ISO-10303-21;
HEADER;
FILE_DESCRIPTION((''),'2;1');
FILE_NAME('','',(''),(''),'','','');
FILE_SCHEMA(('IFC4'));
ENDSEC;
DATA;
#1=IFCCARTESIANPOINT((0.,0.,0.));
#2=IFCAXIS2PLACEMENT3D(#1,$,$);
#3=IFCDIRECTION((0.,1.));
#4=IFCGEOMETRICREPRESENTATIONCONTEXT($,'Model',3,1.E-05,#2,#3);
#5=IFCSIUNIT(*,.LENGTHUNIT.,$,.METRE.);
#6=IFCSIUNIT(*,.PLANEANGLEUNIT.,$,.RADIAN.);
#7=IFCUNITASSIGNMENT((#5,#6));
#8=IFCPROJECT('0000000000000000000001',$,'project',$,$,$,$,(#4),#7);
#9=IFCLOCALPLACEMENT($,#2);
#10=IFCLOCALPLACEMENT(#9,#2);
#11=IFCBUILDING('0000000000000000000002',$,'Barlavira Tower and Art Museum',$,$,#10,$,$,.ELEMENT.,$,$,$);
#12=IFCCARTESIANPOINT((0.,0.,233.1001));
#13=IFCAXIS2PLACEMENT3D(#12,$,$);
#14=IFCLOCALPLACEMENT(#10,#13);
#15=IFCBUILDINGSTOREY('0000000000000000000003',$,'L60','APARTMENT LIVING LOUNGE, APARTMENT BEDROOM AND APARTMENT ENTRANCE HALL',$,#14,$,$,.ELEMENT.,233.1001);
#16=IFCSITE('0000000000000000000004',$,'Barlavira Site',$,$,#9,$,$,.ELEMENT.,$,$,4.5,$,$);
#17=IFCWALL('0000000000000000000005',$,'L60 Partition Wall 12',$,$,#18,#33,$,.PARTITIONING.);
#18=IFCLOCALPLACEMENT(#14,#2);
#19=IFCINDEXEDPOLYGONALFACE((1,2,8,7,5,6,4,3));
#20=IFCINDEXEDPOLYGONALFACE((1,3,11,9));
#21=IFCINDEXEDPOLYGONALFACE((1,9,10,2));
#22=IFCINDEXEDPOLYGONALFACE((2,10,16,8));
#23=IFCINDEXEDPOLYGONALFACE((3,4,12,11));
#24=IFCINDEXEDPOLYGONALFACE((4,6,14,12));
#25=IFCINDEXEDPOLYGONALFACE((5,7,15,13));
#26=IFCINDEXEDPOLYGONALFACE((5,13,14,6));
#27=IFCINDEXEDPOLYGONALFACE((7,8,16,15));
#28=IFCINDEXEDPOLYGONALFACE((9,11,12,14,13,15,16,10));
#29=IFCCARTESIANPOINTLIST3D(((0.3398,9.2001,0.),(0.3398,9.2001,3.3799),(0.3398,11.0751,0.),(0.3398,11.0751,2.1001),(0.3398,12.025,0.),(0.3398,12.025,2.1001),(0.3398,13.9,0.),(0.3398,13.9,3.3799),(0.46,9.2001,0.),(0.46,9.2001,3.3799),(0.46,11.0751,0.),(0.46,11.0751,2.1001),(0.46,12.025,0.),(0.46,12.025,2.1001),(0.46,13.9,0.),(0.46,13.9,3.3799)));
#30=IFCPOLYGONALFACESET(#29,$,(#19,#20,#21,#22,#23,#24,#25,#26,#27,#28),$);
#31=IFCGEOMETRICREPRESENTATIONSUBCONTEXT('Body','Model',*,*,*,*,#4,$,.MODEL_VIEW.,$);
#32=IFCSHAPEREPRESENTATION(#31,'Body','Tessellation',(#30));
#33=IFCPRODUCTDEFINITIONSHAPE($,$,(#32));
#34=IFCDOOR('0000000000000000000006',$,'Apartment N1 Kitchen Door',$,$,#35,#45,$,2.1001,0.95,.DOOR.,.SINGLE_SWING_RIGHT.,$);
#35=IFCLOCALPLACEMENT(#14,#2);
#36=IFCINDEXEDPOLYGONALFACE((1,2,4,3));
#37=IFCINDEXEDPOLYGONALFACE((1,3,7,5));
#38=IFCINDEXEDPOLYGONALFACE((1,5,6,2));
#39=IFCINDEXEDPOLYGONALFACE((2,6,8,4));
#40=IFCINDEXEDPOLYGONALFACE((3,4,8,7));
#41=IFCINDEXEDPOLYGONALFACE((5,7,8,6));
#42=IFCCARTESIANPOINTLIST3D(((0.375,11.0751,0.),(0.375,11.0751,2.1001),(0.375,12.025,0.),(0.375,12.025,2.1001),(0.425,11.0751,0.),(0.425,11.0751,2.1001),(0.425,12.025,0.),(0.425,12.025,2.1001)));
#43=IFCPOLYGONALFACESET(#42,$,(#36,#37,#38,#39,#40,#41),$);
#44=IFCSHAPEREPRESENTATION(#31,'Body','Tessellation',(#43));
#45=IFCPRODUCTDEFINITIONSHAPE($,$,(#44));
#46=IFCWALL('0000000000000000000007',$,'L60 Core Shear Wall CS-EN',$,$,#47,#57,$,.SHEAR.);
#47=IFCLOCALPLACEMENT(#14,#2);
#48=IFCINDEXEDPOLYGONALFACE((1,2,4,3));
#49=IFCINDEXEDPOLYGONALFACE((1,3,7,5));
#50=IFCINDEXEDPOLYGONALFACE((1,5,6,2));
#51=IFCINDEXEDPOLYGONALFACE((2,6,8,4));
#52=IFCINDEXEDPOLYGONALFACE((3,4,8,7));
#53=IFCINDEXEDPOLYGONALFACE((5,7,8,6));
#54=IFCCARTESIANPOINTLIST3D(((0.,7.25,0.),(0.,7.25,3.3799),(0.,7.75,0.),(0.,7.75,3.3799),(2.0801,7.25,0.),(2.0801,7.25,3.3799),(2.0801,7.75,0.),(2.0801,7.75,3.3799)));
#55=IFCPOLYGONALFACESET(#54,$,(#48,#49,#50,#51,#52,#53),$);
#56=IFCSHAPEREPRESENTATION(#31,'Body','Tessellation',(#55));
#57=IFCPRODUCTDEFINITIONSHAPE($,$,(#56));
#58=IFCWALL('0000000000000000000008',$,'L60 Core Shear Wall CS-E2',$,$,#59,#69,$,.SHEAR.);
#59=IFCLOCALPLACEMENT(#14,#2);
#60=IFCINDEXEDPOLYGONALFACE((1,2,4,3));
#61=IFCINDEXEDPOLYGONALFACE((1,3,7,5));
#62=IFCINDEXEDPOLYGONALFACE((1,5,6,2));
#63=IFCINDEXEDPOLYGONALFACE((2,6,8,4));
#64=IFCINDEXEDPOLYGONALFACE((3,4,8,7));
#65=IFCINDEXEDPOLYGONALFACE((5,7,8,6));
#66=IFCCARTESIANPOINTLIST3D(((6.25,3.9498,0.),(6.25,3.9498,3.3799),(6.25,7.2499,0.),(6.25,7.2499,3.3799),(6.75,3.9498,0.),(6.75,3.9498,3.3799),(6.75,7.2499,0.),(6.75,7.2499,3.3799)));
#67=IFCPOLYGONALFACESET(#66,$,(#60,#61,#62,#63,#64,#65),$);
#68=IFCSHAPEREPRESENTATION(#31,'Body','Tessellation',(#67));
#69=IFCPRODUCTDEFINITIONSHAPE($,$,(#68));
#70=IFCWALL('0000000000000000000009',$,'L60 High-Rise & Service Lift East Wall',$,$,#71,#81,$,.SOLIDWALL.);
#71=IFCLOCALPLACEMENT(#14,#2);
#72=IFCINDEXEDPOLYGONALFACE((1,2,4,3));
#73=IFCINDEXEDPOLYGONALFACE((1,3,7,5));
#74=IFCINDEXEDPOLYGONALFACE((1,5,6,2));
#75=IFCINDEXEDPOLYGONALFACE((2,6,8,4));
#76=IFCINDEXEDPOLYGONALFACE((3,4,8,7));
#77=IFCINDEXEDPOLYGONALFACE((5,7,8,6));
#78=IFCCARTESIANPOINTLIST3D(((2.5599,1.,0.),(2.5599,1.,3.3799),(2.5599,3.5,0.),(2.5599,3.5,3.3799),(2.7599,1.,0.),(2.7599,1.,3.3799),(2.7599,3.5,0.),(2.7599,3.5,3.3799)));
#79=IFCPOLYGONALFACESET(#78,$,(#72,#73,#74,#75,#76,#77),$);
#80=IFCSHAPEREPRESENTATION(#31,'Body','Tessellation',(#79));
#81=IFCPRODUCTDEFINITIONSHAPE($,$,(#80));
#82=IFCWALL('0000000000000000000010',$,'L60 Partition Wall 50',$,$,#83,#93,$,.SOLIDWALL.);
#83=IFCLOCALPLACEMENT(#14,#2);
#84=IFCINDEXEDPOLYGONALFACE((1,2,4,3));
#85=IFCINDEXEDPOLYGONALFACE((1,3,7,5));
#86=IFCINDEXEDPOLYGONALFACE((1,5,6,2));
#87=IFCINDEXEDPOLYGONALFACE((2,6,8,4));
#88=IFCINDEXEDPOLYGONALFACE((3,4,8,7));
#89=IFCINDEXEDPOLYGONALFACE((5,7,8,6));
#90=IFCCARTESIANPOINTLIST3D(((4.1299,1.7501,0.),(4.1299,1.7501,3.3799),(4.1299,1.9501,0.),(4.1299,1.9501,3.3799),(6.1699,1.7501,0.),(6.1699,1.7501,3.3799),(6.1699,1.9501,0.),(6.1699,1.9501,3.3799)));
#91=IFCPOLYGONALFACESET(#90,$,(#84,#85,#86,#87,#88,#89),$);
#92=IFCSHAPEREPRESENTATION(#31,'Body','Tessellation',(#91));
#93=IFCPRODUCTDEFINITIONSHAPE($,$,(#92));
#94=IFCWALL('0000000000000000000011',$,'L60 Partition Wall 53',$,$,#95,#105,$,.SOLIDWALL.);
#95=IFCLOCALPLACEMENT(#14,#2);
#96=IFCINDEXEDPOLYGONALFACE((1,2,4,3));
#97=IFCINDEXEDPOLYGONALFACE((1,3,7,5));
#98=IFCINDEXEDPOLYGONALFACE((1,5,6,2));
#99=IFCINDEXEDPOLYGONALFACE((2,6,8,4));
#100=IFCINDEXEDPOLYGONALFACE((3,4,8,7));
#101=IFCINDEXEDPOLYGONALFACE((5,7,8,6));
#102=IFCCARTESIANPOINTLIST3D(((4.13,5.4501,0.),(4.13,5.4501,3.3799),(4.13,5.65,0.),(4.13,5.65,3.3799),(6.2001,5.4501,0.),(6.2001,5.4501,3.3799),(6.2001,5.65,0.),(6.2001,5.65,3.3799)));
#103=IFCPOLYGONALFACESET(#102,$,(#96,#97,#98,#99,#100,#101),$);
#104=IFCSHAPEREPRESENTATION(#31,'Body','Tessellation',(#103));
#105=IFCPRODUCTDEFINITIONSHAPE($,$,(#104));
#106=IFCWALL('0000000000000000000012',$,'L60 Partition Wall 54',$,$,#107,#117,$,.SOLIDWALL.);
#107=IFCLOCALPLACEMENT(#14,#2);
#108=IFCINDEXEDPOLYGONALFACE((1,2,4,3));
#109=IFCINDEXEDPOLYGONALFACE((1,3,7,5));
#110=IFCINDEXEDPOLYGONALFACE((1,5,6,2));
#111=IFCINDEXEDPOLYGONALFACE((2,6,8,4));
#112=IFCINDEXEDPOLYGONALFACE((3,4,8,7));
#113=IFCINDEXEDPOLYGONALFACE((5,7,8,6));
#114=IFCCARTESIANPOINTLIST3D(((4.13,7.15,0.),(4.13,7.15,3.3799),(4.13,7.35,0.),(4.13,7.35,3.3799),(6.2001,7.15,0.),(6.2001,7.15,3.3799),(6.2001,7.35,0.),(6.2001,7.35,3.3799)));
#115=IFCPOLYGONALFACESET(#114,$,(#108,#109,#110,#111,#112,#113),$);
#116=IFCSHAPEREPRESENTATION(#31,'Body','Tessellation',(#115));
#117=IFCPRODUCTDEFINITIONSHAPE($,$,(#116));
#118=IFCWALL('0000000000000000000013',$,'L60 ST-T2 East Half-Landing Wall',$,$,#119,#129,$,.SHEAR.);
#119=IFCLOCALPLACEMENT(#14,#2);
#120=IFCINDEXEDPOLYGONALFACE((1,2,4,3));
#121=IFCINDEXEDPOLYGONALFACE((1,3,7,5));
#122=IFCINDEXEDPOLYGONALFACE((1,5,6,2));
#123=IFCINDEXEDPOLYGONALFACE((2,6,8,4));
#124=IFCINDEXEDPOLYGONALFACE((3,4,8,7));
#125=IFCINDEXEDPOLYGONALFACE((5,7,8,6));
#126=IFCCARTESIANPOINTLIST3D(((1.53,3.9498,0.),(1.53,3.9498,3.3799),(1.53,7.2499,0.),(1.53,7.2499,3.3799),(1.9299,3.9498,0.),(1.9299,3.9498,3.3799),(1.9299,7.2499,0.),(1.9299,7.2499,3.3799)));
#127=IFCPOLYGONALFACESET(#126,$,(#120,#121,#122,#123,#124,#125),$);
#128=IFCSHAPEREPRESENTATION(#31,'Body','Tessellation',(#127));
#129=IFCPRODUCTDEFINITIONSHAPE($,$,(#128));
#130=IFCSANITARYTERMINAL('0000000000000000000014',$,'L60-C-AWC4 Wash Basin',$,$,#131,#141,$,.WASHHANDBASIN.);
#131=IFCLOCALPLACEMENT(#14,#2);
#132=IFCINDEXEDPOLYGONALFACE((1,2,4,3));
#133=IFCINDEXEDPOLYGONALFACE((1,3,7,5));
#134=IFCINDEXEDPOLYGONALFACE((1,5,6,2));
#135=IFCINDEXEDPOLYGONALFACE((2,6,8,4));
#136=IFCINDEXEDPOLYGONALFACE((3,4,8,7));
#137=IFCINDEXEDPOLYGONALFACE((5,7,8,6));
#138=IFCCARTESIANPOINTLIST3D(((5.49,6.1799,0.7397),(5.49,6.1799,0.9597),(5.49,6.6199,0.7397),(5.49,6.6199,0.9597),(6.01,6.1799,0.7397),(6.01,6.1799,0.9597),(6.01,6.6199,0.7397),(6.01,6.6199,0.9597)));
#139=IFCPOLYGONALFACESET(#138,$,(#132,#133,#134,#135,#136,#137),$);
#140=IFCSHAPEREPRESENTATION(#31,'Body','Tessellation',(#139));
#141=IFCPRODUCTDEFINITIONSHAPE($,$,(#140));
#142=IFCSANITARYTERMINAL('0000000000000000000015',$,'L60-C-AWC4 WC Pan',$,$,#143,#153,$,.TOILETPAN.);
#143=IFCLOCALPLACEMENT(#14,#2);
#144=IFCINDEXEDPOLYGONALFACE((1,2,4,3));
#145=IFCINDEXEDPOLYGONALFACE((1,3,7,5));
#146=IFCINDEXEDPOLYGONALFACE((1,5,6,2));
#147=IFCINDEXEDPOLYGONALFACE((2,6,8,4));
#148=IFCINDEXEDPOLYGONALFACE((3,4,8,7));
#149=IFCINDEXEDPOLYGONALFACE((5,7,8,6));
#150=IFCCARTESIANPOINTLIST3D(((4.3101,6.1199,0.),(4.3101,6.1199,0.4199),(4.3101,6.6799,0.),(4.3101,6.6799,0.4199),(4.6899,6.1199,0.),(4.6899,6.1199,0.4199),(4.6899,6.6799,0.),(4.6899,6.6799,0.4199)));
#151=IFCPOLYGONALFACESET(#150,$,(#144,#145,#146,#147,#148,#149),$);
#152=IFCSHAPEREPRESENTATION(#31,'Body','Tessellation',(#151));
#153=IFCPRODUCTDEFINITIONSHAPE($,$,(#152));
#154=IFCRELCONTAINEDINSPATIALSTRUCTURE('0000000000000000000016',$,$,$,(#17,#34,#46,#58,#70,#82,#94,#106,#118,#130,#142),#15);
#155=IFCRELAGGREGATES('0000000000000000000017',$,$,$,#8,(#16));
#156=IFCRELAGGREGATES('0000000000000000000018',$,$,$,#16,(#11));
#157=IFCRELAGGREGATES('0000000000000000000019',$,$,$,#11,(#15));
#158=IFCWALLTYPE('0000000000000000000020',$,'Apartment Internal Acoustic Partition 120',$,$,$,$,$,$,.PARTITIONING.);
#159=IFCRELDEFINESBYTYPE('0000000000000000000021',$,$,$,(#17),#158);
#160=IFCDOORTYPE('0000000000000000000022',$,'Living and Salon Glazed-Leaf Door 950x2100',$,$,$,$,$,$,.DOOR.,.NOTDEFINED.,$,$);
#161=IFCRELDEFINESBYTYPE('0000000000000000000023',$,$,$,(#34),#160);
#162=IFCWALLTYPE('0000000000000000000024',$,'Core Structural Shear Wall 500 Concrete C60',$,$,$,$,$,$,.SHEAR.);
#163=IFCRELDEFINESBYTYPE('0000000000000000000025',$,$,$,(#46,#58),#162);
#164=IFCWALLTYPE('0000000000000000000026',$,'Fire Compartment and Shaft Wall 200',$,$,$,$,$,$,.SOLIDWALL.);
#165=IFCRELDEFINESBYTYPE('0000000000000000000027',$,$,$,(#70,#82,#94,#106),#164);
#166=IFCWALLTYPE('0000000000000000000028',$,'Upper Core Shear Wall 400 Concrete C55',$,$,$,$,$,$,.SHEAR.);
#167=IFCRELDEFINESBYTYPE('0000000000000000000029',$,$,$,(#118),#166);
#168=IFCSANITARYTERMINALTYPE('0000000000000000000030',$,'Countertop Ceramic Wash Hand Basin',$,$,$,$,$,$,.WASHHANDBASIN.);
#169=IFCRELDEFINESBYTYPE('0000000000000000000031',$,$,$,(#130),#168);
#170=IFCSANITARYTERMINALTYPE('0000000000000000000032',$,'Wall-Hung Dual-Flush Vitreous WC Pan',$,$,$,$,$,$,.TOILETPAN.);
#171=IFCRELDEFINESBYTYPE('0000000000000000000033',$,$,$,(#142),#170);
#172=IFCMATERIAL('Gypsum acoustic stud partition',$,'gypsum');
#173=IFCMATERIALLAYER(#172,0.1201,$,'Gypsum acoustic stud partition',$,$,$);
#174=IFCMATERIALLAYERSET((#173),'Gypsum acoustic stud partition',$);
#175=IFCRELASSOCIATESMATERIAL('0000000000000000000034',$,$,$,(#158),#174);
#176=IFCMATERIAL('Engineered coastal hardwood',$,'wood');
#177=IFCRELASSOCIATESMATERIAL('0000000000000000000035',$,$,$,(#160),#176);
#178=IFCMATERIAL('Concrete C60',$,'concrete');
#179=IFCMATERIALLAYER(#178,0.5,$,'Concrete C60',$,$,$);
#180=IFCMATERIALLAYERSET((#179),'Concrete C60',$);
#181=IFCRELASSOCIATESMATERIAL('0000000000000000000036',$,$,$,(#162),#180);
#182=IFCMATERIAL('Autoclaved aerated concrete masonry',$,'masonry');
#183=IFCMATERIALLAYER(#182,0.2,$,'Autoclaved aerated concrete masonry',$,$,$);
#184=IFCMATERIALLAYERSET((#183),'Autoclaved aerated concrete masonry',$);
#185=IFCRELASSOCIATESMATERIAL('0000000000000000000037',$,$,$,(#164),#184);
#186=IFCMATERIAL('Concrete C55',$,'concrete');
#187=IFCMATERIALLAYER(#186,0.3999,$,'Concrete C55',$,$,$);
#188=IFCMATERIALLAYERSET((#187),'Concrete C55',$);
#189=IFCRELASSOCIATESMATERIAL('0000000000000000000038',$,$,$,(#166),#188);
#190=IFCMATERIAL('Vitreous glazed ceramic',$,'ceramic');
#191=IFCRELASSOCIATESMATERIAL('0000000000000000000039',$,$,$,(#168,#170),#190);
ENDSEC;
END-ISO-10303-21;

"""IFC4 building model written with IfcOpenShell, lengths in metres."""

from ifc_helpers import new_model, si_unit, direction, frame, frame_2d, origin, origin_2d, place, context, subcontext, project, spatial, rectangle, extrude, material, layer, layer_set, type_object, element, fill, save


model = new_model("IFC4")

# Units and contexts
model_context = context("Model", 3, precision=1e-05, world=origin(), true_north=direction((0.0, 1.0)))
body_context = subcontext(model_context, "Body", "Model", "MODEL_VIEW")
ifc_project = project(units=[si_unit("LENGTHUNIT", "METRE"), si_unit("PLANEANGLEUNIT", "RADIAN")], contexts=[model_context])

# Site, building, storey
site_placement = place(None, origin())
site = spatial("IfcSite", under=ifc_project, at=site_placement, Name="Barlavira Site", CompositionType="ELEMENT", RefElevation=4.5)
building_placement = place(site_placement, origin())
building = spatial("IfcBuilding", under=site, at=building_placement, Name="Barlavira Tower and Art Museum", CompositionType="ELEMENT")
storey_placement = place(building_placement, frame((0.0, 0.0, 233.1001)))
storey = spatial("IfcBuildingStorey", under=building, at=storey_placement, Name="L60", Description="APARTMENT LIVING LOUNGE, APARTMENT BEDROOM AND APARTMENT ENTRANCE HALL", CompositionType="ELEMENT", Elevation=233.1001)

# Wall, opening, door
ifc_material_1 = material(Name="Gypsum acoustic stud partition", Category="gypsum")
ifc_layer_1 = layer(ifc_material_1, 0.1201, Name="Gypsum acoustic stud partition")
ifc_layer_set_1 = layer_set([ifc_layer_1], Name="Gypsum acoustic stud partition")
wall_type_1 = type_object("IfcWallType", Name="Apartment Internal Acoustic Partition 120", PredefinedType="PARTITIONING", material=ifc_layer_set_1)
wall_1_placement = place(storey_placement, frame((0.3999, 9.2, 0.0), z_axis=(0.0, 0.0, 1.0), x_axis=(0.0, 1.0, 0.0)))
wall_1 = element("IfcWall", 1, at=wall_1_placement, inside=storey, type_object=wall_type_1, Name="L60 Partition Wall 12", PredefinedType="PARTITIONING", context=body_context, shape_type="SweptSolid", body=[
    extrude(rectangle(XDim=4.7, YDim=0.1201, at=frame_2d((2.3501, 0.0))), origin(), (0.0, 0.0, 1.0), 3.3799),
])
opening_1_placement = place(wall_1_placement, frame((1.875, 0.0, 0.0)))
opening_1 = element("IfcOpeningElement", 2, at=opening_1_placement, cuts=wall_1, PredefinedType="OPENING", context=body_context, shape_type="SweptSolid", body=[
    extrude(rectangle(XDim=0.95, YDim=2.1001, at=frame_2d((0.4751, 1.05))), frame((0.0, 0.0701, 0.0), z_axis=(0.0, -1.0, 0.0), x_axis=(1.0, 0.0, 0.0)), (0.0, 0.0, 1.0), 0.1401),
])
ifc_material_2 = material(Name="Engineered coastal hardwood", Category="wood")
door_type_1 = type_object("IfcDoorType", Name="Living and Salon Glazed-Leaf Door 950x2100", OperationType="NOTDEFINED", PredefinedType="DOOR", material=ifc_material_2)
door_1_placement = place(opening_1_placement, origin())
door_1 = element("IfcDoor", 3, at=door_1_placement, inside=storey, type_object=door_type_1, Name="Apartment N1 Kitchen Door", OperationType="SINGLE_SWING_RIGHT", OverallHeight=2.1001, OverallWidth=0.95, PredefinedType="DOOR", context=body_context, shape_type="SweptSolid", body=[
    extrude(rectangle(XDim=0.95, YDim=2.1001, at=frame_2d((0.4751, 1.05))), frame((0.0, 0.0249, 0.0), z_axis=(0.0, -1.0, 0.0), x_axis=(1.0, 0.0, 0.0)), (0.0, 0.0, 1.0), 0.05),
])
fill(opening_1, door_1)

# Walls
ifc_material_3 = material(Name="Concrete C60", Category="concrete")
ifc_layer_2 = layer(ifc_material_3, 0.5, Name="Concrete C60")
ifc_layer_set_2 = layer_set([ifc_layer_2], Name="Concrete C60")
wall_type_2 = type_object("IfcWallType", Name="Core Structural Shear Wall 500 Concrete C60", PredefinedType="SHEAR", material=ifc_layer_set_2)
wall_2_placement = place(storey_placement, frame((0.0, 7.5, 0.0), z_axis=(0.0, 0.0, 1.0), x_axis=(1.0, 0.0, 0.0)))
element("IfcWall", 4, at=wall_2_placement, inside=storey, type_object=wall_type_2, Name="L60 Core Shear Wall CS-EN", PredefinedType="SHEAR", context=body_context, shape_type="SweptSolid", body=[
    extrude(rectangle(XDim=2.0801, YDim=0.5, at=frame_2d((1.04, 0.0))), origin(), (0.0, 0.0, 1.0), 3.3799),
])
wall_3_placement = place(storey_placement, frame((6.5, 3.95, 0.0), z_axis=(0.0, 0.0, 1.0), x_axis=(0.0, 1.0, 0.0)))
element("IfcWall", 5, at=wall_3_placement, inside=storey, type_object=wall_type_2, Name="L60 Core Shear Wall CS-E2", PredefinedType="SHEAR", context=body_context, shape_type="SweptSolid", body=[
    extrude(rectangle(XDim=3.3, YDim=0.5, at=frame_2d((1.6499, 0.0))), origin(), (0.0, 0.0, 1.0), 3.3799),
])
ifc_material_4 = material(Name="Autoclaved aerated concrete masonry", Category="masonry")
ifc_layer_3 = layer(ifc_material_4, 0.2, Name="Autoclaved aerated concrete masonry")
ifc_layer_set_3 = layer_set([ifc_layer_3], Name="Autoclaved aerated concrete masonry")
wall_type_3 = type_object("IfcWallType", Name="Fire Compartment and Shaft Wall 200", PredefinedType="SOLIDWALL", material=ifc_layer_set_3)
wall_4_placement = place(storey_placement, frame((2.6599, 1.0, 0.0), z_axis=(0.0, 0.0, 1.0), x_axis=(0.0, 1.0, 0.0)))
element("IfcWall", 6, at=wall_4_placement, inside=storey, type_object=wall_type_3, Name="L60 High-Rise & Service Lift East Wall", PredefinedType="SOLIDWALL", context=body_context, shape_type="SweptSolid", body=[
    extrude(rectangle(XDim=2.5, YDim=0.2, at=frame_2d((1.25, 0.0))), origin(), (0.0, 0.0, 1.0), 3.3799),
])

# Walls
wall_5_placement = place(storey_placement, frame((4.1299, 1.8501, 0.0), z_axis=(0.0, 0.0, 1.0), x_axis=(1.0, 0.0, 0.0)))
element("IfcWall", 7, at=wall_5_placement, inside=storey, type_object=wall_type_3, Name="L60 Partition Wall 50", PredefinedType="SOLIDWALL", context=body_context, shape_type="SweptSolid", body=[
    extrude(rectangle(XDim=2.04, YDim=0.2, at=frame_2d((1.02, 0.0))), origin(), (0.0, 0.0, 1.0), 3.3799),
])
for number, where, z_axis, x_axis, name in (
    (8, (4.1299, 5.55, 0.0), (0.0, 0.0, 1.0), (1.0, 0.0, 0.0), "L60 Partition Wall 53"),
    (9, (4.1299, 7.25, 0.0), (0.0, 0.0, 1.0), (1.0, 0.0, 0.0), "L60 Partition Wall 54"),
):
    element("IfcWall", number, at=place(storey_placement, frame(where, z_axis=z_axis, x_axis=x_axis)), inside=storey, type_object=wall_type_3, Name=name, PredefinedType="SOLIDWALL", context=body_context, shape_type="SweptSolid", body=[
        extrude(rectangle(XDim=2.0701, YDim=0.2, at=frame_2d((1.0352, 0.0))), origin(), (0.0, 0.0, 1.0), 3.3799),
    ])
ifc_material_5 = material(Name="Concrete C55", Category="concrete")
ifc_layer_4 = layer(ifc_material_5, 0.3999, Name="Concrete C55")
ifc_layer_set_4 = layer_set([ifc_layer_4], Name="Concrete C55")
wall_type_4 = type_object("IfcWallType", Name="Upper Core Shear Wall 400 Concrete C55", PredefinedType="SHEAR", material=ifc_layer_set_4)
wall_6_placement = place(storey_placement, frame((1.73, 3.95, 0.0), z_axis=(0.0, 0.0, 1.0), x_axis=(0.0, 1.0, 0.0)))
element("IfcWall", 10, at=wall_6_placement, inside=storey, type_object=wall_type_4, Name="L60 ST-T2 East Half-Landing Wall", PredefinedType="SHEAR", context=body_context, shape_type="SweptSolid", body=[
    extrude(rectangle(XDim=3.3, YDim=0.3999, at=frame_2d((1.6499, 0.0))), origin(), (0.0, 0.0, 1.0), 3.3799),
])

# Sanitary terminals
ifc_material_6 = material(Name="Vitreous glazed ceramic", Category="ceramic")
sanitary_terminal_type_1 = type_object("IfcSanitaryTerminalType", Name="Countertop Ceramic Wash Hand Basin", PredefinedType="WASHHANDBASIN", material=ifc_material_6)
sanitary_terminal_1_placement = place(storey_placement, frame((5.75, 6.3999, 0.7397), z_axis=(0.0, 0.0, 1.0), x_axis=(1.0, 0.0, 0.0)))
element("IfcSanitaryTerminal", 11, at=sanitary_terminal_1_placement, inside=storey, type_object=sanitary_terminal_type_1, Name="L60-C-AWC4 Wash Basin", PredefinedType="WASHHANDBASIN", context=body_context, shape_type="SweptSolid", body=[
    extrude(rectangle(XDim=0.52, YDim=0.4399, at=origin_2d()), origin(), (0.0, 0.0, 1.0), 0.22),
])
sanitary_terminal_type_2 = type_object("IfcSanitaryTerminalType", Name="Wall-Hung Dual-Flush Vitreous WC Pan", PredefinedType="TOILETPAN", material=ifc_material_6)
sanitary_terminal_2_placement = place(storey_placement, frame((4.5, 6.3999, 0.0), z_axis=(0.0, 0.0, 1.0), x_axis=(1.0, 0.0, 0.0)))
element("IfcSanitaryTerminal", 12, at=sanitary_terminal_2_placement, inside=storey, type_object=sanitary_terminal_type_2, Name="L60-C-AWC4 WC Pan", PredefinedType="TOILETPAN", context=body_context, shape_type="SweptSolid", body=[
    extrude(rectangle(XDim=0.3799, YDim=0.5601, at=origin_2d()), origin(), (0.0, 0.0, 1.0), 0.4199),
])

save(model, "model.ifc")
